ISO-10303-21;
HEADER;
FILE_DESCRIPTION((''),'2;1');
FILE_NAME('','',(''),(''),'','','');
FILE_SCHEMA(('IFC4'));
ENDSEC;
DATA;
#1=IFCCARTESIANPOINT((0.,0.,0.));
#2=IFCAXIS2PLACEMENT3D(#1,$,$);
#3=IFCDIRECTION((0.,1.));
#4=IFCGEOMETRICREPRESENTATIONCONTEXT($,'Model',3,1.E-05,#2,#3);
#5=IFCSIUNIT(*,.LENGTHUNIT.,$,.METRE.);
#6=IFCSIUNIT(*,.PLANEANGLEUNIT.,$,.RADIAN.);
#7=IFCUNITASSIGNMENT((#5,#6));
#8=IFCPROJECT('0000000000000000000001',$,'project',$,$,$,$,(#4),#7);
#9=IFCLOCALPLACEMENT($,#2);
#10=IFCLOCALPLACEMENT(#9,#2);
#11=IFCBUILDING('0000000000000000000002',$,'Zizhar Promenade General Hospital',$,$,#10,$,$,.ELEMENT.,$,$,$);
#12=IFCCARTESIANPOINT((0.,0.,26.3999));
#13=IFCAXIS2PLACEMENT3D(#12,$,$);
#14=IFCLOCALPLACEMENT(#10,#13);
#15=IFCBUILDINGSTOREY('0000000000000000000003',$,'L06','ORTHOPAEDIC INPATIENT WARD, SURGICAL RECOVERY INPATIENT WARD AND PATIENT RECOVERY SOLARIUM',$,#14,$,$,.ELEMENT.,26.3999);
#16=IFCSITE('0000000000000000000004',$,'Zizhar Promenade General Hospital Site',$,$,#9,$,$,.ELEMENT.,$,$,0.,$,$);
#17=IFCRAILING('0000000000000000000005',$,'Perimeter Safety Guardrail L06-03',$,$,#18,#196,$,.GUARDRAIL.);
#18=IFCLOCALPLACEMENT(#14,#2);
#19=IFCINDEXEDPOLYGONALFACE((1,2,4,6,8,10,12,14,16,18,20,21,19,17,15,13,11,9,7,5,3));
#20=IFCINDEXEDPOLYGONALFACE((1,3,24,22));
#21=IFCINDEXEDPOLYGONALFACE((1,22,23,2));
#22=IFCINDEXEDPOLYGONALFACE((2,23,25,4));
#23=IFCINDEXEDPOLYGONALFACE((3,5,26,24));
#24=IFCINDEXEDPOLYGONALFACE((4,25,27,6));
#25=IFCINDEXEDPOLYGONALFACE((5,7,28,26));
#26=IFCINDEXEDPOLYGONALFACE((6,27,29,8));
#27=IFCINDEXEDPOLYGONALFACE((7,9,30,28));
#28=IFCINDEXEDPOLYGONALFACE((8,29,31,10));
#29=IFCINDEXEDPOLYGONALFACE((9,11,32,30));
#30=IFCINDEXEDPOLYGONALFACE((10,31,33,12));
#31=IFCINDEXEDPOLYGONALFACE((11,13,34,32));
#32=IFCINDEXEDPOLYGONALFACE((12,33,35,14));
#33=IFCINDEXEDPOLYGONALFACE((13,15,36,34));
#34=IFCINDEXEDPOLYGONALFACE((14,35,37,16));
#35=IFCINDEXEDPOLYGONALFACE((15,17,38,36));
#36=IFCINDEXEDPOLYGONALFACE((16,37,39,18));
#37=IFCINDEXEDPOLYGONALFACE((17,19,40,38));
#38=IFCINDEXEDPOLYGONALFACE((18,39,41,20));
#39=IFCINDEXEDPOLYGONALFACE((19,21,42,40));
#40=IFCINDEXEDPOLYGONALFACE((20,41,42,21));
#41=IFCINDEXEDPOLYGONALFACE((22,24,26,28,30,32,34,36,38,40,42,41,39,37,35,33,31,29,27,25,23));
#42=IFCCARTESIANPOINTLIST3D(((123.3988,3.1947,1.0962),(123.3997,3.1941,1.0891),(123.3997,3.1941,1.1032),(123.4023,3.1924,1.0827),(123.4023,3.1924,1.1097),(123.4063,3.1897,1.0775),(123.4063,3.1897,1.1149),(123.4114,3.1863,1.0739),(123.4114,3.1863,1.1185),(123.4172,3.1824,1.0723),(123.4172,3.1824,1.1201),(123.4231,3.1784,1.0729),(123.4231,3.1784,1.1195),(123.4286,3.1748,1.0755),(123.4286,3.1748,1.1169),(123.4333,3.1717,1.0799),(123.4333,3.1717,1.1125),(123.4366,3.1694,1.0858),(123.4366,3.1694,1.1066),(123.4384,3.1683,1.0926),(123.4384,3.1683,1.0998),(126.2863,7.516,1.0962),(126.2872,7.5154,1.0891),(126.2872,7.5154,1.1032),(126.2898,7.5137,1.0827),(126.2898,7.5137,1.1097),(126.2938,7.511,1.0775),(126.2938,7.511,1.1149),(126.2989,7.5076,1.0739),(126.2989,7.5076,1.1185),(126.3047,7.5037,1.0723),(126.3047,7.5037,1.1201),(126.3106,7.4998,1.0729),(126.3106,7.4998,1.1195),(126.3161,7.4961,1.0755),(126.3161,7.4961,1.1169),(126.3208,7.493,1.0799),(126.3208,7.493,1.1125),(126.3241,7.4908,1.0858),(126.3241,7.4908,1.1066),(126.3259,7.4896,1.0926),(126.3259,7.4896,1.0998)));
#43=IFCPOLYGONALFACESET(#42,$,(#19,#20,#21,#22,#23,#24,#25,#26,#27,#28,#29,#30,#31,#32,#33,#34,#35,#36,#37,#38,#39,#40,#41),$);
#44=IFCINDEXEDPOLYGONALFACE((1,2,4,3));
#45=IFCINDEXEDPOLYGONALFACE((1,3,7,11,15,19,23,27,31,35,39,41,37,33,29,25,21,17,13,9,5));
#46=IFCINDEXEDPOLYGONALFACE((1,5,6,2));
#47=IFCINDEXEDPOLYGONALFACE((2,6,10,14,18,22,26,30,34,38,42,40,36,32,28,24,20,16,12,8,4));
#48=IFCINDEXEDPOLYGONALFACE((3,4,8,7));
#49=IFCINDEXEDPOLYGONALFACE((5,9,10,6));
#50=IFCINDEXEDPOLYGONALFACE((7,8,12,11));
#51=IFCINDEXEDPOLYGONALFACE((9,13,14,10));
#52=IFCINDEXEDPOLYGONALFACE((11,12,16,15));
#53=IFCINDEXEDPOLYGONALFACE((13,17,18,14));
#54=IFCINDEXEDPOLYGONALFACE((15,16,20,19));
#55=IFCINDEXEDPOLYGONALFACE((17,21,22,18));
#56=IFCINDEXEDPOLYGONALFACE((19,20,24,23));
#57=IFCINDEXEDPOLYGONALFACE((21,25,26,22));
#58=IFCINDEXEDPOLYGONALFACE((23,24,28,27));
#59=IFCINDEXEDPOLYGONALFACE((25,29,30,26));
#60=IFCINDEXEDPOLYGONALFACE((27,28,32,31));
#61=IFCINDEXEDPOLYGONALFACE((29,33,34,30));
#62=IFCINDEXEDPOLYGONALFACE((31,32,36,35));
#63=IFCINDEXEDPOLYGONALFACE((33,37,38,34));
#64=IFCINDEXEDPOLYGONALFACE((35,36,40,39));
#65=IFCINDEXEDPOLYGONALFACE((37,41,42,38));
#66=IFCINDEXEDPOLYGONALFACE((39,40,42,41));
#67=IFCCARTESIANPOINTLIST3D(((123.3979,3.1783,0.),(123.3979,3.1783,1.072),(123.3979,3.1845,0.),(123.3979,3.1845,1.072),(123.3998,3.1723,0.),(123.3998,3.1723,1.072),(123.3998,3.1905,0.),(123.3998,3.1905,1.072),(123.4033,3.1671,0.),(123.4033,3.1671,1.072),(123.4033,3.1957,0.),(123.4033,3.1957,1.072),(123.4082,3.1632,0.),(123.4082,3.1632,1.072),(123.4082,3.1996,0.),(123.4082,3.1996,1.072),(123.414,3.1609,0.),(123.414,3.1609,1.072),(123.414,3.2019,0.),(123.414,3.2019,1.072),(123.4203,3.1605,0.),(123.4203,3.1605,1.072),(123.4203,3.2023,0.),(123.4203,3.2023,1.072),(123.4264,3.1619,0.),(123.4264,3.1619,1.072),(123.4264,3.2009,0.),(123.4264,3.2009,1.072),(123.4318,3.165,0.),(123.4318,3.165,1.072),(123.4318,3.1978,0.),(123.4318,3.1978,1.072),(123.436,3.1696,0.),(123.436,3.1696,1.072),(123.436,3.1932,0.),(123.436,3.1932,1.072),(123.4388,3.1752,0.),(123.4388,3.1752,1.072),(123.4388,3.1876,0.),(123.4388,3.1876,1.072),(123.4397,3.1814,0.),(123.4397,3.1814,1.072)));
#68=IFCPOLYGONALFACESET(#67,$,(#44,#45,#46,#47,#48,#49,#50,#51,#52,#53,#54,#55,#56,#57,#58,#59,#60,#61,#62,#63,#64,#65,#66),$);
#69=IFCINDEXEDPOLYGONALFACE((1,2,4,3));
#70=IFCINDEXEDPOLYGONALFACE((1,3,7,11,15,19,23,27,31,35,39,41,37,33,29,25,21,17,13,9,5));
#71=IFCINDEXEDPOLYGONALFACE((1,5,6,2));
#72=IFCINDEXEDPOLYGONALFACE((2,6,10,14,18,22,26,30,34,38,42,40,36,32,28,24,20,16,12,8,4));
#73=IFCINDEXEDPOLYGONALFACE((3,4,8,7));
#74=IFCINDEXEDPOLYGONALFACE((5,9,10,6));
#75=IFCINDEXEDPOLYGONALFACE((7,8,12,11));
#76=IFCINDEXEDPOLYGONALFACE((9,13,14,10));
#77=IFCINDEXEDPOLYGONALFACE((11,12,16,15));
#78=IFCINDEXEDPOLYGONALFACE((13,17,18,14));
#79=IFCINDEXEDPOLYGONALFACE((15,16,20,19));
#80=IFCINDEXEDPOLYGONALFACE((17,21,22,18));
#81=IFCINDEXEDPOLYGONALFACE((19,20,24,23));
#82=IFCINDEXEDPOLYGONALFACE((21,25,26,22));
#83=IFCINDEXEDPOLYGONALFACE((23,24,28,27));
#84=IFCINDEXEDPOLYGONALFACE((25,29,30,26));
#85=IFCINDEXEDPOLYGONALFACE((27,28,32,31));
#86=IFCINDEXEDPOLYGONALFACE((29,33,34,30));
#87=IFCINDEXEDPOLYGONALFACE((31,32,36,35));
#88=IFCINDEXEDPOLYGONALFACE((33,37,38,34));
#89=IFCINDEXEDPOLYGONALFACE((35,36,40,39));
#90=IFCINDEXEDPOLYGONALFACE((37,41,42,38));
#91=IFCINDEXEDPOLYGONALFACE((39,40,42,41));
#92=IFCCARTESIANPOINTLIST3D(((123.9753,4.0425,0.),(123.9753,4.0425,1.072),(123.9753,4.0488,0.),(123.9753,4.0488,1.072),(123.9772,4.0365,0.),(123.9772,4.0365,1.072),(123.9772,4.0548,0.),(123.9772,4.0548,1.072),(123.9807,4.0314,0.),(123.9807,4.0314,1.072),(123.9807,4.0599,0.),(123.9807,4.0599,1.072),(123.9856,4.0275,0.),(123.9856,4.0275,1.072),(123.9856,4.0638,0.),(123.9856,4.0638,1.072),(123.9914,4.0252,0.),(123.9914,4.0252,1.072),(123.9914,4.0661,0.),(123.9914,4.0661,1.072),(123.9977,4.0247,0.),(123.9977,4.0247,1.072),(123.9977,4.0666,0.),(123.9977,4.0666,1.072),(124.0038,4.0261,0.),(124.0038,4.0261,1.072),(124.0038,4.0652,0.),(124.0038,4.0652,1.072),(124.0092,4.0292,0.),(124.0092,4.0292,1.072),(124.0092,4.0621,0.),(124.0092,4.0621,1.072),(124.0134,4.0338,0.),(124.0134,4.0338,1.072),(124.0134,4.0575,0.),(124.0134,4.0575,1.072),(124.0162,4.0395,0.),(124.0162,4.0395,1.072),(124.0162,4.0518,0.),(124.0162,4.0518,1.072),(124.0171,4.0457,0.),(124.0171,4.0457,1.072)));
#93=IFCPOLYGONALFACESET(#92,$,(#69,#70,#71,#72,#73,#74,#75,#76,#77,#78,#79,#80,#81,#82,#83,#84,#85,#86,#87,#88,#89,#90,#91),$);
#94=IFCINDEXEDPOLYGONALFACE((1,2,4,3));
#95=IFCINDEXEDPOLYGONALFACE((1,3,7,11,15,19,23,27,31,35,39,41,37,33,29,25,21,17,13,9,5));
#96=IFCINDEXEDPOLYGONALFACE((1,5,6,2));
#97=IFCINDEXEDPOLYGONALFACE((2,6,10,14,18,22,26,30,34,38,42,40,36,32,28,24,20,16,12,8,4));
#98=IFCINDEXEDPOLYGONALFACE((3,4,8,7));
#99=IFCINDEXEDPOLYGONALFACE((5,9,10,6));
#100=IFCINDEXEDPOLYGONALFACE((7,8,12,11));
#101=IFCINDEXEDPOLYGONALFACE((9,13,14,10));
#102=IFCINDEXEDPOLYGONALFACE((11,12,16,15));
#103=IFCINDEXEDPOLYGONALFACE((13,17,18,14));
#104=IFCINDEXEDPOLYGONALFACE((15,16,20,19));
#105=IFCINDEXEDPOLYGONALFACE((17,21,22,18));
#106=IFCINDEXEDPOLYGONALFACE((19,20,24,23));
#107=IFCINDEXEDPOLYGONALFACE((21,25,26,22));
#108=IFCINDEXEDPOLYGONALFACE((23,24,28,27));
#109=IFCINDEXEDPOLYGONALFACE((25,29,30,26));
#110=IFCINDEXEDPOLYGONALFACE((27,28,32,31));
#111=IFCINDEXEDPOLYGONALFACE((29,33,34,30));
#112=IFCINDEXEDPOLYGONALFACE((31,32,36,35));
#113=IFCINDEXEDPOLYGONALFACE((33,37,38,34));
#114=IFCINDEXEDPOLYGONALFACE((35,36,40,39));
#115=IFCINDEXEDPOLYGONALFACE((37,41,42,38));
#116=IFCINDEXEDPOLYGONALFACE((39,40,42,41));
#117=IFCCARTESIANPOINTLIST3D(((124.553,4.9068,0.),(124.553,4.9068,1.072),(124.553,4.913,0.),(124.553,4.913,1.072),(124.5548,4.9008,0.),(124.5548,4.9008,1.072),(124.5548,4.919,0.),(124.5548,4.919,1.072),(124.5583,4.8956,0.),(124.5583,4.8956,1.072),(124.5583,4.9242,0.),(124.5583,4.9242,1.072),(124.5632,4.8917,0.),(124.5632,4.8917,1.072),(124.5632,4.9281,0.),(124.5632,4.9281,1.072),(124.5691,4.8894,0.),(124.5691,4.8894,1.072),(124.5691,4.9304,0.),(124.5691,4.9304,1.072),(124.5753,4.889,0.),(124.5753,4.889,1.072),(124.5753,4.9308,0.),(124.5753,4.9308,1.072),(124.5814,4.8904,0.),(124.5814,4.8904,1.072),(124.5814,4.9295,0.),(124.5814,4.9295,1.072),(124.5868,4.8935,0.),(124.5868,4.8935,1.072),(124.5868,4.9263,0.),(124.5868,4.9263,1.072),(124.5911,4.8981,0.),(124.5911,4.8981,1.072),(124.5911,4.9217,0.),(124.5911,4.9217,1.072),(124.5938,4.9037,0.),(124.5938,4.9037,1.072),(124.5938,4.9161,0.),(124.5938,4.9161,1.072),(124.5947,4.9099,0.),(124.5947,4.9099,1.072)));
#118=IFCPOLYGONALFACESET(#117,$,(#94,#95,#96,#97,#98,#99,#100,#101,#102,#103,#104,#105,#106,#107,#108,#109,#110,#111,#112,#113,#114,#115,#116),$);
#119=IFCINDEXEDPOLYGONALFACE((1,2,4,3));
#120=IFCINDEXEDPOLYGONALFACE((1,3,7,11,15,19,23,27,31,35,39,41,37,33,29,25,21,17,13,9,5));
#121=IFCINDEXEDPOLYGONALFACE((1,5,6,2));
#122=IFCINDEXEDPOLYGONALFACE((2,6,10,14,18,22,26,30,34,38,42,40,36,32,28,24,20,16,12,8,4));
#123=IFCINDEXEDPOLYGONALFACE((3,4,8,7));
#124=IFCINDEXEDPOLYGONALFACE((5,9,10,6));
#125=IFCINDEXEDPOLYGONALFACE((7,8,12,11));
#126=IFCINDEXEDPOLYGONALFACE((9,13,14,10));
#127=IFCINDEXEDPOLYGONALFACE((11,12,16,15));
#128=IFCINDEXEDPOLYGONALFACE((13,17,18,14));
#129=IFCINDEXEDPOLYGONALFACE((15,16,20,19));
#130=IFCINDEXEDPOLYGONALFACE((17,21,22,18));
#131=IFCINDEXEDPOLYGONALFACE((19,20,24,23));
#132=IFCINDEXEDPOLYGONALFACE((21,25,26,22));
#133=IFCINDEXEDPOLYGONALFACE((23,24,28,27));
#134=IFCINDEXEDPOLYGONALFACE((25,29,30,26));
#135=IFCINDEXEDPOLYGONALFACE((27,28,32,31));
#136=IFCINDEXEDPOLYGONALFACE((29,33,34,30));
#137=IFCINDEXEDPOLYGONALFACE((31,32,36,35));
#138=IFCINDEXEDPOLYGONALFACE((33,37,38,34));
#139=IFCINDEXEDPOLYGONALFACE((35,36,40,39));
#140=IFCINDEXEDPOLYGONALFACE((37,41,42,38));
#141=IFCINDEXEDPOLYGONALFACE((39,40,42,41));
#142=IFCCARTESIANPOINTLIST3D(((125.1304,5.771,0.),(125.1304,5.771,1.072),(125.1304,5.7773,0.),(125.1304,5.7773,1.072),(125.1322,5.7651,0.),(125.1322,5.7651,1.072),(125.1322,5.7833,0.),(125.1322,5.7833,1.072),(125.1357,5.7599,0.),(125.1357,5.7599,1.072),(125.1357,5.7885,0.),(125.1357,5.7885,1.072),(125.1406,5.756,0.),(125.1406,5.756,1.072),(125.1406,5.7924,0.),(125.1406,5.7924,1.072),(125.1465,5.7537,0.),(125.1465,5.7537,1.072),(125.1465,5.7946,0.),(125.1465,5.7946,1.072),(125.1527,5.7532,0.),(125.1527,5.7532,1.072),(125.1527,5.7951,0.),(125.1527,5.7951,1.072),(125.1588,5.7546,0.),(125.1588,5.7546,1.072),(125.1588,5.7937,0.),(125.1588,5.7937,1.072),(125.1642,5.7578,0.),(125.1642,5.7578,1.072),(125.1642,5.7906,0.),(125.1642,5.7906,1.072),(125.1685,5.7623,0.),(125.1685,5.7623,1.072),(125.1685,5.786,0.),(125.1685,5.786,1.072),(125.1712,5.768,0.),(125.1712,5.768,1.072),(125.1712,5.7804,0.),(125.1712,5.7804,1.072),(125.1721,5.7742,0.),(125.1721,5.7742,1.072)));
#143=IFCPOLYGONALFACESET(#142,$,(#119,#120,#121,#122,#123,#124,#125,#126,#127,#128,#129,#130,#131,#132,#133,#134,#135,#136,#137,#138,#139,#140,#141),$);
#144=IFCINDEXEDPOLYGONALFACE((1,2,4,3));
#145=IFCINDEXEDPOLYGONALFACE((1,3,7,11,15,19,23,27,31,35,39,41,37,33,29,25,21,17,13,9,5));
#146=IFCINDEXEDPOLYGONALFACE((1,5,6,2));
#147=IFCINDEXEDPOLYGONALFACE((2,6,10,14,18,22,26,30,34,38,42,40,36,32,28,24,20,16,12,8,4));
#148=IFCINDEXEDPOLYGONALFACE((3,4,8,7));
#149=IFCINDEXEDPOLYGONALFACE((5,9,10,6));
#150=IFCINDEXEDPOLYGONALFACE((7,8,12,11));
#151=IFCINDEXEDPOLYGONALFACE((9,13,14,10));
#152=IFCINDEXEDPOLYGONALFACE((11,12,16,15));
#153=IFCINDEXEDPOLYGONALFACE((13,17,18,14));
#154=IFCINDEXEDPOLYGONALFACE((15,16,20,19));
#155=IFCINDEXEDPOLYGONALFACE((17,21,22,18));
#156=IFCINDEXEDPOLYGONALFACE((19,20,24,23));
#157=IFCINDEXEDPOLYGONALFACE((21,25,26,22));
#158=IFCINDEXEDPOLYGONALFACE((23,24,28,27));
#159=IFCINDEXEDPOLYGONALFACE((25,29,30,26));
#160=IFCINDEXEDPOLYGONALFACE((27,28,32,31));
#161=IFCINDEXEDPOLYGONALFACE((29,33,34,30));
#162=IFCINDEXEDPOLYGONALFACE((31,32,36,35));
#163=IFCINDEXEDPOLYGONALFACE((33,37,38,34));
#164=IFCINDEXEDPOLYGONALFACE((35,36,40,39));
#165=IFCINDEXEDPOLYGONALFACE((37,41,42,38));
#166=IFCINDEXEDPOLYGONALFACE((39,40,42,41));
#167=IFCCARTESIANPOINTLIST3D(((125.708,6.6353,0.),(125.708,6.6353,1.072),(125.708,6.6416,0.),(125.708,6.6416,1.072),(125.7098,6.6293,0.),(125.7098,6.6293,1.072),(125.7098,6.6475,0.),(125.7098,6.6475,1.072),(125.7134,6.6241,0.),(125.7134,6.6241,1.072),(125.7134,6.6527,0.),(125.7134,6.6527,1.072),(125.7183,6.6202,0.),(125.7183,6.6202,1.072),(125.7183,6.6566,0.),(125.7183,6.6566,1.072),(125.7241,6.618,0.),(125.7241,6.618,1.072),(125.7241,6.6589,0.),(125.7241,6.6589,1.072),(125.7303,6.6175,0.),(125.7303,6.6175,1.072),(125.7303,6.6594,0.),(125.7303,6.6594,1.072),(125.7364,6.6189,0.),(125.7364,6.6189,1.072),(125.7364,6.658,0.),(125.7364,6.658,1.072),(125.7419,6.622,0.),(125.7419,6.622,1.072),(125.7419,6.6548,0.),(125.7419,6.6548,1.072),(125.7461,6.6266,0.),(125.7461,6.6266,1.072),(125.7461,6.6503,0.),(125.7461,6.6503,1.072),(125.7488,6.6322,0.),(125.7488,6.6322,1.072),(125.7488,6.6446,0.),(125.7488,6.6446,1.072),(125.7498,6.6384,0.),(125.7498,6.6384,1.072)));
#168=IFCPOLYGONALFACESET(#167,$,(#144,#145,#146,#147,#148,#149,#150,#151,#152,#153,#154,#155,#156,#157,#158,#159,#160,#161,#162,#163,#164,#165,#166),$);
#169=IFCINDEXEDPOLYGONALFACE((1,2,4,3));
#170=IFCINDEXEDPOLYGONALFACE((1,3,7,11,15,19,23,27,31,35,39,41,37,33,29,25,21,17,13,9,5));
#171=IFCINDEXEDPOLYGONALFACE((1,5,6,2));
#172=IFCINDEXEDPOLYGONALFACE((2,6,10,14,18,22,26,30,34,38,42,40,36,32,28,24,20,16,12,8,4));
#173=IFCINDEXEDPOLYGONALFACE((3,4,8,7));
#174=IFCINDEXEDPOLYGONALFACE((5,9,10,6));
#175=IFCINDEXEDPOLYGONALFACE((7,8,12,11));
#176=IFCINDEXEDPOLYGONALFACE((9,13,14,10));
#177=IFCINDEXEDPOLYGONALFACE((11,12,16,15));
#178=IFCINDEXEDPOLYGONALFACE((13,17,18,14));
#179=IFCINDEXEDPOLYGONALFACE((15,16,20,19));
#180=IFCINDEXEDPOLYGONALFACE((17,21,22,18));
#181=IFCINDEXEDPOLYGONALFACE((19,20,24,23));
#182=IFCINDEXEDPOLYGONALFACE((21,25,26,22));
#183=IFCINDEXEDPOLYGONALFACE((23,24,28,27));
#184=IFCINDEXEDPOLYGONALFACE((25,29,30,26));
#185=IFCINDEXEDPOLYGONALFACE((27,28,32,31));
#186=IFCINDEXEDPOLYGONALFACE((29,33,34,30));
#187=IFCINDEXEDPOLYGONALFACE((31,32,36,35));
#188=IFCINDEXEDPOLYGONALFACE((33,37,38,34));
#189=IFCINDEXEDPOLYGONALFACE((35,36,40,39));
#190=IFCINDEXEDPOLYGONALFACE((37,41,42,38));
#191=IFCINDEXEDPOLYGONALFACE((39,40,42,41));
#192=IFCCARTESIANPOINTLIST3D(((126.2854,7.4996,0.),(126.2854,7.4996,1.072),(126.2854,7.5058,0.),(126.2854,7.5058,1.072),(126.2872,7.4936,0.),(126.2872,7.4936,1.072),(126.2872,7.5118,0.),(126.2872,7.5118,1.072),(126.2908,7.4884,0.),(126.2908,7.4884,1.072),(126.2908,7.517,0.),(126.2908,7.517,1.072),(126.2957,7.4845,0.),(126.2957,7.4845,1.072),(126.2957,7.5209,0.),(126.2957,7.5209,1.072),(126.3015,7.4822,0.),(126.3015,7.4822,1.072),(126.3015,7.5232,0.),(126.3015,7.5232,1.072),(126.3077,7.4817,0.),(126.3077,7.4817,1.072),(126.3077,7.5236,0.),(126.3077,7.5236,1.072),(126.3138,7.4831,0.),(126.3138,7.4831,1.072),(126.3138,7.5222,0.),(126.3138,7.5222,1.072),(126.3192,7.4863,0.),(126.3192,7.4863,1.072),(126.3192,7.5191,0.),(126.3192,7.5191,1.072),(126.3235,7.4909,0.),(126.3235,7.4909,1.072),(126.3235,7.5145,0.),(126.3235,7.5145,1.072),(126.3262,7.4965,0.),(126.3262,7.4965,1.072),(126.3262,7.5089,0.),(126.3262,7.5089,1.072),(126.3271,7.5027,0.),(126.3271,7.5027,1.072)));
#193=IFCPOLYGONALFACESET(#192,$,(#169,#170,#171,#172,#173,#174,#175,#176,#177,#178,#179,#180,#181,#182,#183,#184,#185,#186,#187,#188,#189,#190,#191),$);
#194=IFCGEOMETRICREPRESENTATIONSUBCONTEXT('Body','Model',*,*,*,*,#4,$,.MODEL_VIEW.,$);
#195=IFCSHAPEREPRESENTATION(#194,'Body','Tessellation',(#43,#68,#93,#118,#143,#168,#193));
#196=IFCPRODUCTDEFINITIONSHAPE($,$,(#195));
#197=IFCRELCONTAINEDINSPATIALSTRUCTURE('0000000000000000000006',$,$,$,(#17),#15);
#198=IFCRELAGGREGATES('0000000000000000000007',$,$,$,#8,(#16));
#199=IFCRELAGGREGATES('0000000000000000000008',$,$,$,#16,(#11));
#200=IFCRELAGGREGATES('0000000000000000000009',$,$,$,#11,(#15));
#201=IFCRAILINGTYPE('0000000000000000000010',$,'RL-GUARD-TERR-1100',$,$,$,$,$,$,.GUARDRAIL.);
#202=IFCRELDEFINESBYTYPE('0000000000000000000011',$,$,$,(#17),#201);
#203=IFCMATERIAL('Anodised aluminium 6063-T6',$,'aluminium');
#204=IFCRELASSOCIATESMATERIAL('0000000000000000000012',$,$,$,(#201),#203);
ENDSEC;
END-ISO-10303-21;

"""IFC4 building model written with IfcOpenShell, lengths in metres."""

from ifc_helpers import new_model, si_unit, direction, frame, origin, origin_2d, place, context, subcontext, project, spatial, circle, hollow_circle, extrude, material, material_profile, profile_set, type_object, element, save


model = new_model("IFC4")

# Units and contexts
model_context = context("Model", 3, precision=1e-05, world=origin(), true_north=direction((0.0, 1.0)))
body_context = subcontext(model_context, "Body", "Model", "MODEL_VIEW")
ifc_project = project(units=[si_unit("LENGTHUNIT", "METRE"), si_unit("PLANEANGLEUNIT", "RADIAN")], contexts=[model_context])

# Site, building, storey
site_placement = place(None, origin())
site = spatial("IfcSite", under=ifc_project, at=site_placement, Name="Zizhar Promenade General Hospital Site", CompositionType="ELEMENT", RefElevation=0.0)
building_placement = place(site_placement, origin())
building = spatial("IfcBuilding", under=site, at=building_placement, Name="Zizhar Promenade General Hospital", CompositionType="ELEMENT")
storey_placement = place(building_placement, frame((0.0, 0.0, 26.3999)))
storey = spatial("IfcBuildingStorey", under=building, at=storey_placement, Name="L06", Description="ORTHOPAEDIC INPATIENT WARD, SURGICAL RECOVERY INPATIENT WARD AND PATIENT RECOVERY SOLARIUM", CompositionType="ELEMENT", Elevation=26.3999)

# Railing
ifc_material_1 = material(Name="Anodised aluminium 6063-T6", Category="aluminium")
ifc_material_profile_1 = material_profile(ifc_material_1, hollow_circle(Radius=0.0698, WallThickness=0.0063, at=origin_2d()))
ifc_profile_set_1 = profile_set([ifc_material_profile_1], Name="Anodised aluminium 6063-T6")
railing_type = type_object("IfcRailingType", Name="RL-GUARD-TERR-1100", PredefinedType="GUARDRAIL", material=ifc_profile_set_1)
railing_1_placement = place(storey_placement, frame((123.4187, 3.1814, 0.0)))
element("IfcRailing", 1, at=railing_1_placement, inside=storey, type_object=railing_type, Name="Perimeter Safety Guardrail L06-03", PredefinedType="GUARDRAIL", context=body_context, shape_type="SweptSolid", body=[
    extrude(circle(Radius=0.0239, at=origin_2d()), frame((0.0, 0.0, 1.0962), z_axis=(0.555578, 0.831464, 0.0), x_axis=(-0.831464, 0.555578, 0.0)), (0.0, 0.0, 1.0), 5.1973),
    extrude(circle(Radius=0.021, at=origin_2d()), origin(), (0.0, 0.0, 1.0), 1.072),
    extrude(circle(Radius=0.021, at=origin_2d()), frame((0.5774, 0.8643, 0.0)), (0.0, 0.0, 1.0), 1.072),
    extrude(circle(Radius=0.021, at=origin_2d()), frame((1.155, 1.7285, 0.0)), (0.0, 0.0, 1.0), 1.072),
    extrude(circle(Radius=0.021, at=origin_2d()), frame((1.7324, 2.5928, 0.0)), (0.0, 0.0, 1.0), 1.072),
    extrude(circle(Radius=0.021, at=origin_2d()), frame((2.3101, 3.457, 0.0)), (0.0, 0.0, 1.0), 1.072),
    extrude(circle(Radius=0.021, at=origin_2d()), frame((2.8875, 4.3213, 0.0)), (0.0, 0.0, 1.0), 1.072),
])

save(model, "model.ifc")
